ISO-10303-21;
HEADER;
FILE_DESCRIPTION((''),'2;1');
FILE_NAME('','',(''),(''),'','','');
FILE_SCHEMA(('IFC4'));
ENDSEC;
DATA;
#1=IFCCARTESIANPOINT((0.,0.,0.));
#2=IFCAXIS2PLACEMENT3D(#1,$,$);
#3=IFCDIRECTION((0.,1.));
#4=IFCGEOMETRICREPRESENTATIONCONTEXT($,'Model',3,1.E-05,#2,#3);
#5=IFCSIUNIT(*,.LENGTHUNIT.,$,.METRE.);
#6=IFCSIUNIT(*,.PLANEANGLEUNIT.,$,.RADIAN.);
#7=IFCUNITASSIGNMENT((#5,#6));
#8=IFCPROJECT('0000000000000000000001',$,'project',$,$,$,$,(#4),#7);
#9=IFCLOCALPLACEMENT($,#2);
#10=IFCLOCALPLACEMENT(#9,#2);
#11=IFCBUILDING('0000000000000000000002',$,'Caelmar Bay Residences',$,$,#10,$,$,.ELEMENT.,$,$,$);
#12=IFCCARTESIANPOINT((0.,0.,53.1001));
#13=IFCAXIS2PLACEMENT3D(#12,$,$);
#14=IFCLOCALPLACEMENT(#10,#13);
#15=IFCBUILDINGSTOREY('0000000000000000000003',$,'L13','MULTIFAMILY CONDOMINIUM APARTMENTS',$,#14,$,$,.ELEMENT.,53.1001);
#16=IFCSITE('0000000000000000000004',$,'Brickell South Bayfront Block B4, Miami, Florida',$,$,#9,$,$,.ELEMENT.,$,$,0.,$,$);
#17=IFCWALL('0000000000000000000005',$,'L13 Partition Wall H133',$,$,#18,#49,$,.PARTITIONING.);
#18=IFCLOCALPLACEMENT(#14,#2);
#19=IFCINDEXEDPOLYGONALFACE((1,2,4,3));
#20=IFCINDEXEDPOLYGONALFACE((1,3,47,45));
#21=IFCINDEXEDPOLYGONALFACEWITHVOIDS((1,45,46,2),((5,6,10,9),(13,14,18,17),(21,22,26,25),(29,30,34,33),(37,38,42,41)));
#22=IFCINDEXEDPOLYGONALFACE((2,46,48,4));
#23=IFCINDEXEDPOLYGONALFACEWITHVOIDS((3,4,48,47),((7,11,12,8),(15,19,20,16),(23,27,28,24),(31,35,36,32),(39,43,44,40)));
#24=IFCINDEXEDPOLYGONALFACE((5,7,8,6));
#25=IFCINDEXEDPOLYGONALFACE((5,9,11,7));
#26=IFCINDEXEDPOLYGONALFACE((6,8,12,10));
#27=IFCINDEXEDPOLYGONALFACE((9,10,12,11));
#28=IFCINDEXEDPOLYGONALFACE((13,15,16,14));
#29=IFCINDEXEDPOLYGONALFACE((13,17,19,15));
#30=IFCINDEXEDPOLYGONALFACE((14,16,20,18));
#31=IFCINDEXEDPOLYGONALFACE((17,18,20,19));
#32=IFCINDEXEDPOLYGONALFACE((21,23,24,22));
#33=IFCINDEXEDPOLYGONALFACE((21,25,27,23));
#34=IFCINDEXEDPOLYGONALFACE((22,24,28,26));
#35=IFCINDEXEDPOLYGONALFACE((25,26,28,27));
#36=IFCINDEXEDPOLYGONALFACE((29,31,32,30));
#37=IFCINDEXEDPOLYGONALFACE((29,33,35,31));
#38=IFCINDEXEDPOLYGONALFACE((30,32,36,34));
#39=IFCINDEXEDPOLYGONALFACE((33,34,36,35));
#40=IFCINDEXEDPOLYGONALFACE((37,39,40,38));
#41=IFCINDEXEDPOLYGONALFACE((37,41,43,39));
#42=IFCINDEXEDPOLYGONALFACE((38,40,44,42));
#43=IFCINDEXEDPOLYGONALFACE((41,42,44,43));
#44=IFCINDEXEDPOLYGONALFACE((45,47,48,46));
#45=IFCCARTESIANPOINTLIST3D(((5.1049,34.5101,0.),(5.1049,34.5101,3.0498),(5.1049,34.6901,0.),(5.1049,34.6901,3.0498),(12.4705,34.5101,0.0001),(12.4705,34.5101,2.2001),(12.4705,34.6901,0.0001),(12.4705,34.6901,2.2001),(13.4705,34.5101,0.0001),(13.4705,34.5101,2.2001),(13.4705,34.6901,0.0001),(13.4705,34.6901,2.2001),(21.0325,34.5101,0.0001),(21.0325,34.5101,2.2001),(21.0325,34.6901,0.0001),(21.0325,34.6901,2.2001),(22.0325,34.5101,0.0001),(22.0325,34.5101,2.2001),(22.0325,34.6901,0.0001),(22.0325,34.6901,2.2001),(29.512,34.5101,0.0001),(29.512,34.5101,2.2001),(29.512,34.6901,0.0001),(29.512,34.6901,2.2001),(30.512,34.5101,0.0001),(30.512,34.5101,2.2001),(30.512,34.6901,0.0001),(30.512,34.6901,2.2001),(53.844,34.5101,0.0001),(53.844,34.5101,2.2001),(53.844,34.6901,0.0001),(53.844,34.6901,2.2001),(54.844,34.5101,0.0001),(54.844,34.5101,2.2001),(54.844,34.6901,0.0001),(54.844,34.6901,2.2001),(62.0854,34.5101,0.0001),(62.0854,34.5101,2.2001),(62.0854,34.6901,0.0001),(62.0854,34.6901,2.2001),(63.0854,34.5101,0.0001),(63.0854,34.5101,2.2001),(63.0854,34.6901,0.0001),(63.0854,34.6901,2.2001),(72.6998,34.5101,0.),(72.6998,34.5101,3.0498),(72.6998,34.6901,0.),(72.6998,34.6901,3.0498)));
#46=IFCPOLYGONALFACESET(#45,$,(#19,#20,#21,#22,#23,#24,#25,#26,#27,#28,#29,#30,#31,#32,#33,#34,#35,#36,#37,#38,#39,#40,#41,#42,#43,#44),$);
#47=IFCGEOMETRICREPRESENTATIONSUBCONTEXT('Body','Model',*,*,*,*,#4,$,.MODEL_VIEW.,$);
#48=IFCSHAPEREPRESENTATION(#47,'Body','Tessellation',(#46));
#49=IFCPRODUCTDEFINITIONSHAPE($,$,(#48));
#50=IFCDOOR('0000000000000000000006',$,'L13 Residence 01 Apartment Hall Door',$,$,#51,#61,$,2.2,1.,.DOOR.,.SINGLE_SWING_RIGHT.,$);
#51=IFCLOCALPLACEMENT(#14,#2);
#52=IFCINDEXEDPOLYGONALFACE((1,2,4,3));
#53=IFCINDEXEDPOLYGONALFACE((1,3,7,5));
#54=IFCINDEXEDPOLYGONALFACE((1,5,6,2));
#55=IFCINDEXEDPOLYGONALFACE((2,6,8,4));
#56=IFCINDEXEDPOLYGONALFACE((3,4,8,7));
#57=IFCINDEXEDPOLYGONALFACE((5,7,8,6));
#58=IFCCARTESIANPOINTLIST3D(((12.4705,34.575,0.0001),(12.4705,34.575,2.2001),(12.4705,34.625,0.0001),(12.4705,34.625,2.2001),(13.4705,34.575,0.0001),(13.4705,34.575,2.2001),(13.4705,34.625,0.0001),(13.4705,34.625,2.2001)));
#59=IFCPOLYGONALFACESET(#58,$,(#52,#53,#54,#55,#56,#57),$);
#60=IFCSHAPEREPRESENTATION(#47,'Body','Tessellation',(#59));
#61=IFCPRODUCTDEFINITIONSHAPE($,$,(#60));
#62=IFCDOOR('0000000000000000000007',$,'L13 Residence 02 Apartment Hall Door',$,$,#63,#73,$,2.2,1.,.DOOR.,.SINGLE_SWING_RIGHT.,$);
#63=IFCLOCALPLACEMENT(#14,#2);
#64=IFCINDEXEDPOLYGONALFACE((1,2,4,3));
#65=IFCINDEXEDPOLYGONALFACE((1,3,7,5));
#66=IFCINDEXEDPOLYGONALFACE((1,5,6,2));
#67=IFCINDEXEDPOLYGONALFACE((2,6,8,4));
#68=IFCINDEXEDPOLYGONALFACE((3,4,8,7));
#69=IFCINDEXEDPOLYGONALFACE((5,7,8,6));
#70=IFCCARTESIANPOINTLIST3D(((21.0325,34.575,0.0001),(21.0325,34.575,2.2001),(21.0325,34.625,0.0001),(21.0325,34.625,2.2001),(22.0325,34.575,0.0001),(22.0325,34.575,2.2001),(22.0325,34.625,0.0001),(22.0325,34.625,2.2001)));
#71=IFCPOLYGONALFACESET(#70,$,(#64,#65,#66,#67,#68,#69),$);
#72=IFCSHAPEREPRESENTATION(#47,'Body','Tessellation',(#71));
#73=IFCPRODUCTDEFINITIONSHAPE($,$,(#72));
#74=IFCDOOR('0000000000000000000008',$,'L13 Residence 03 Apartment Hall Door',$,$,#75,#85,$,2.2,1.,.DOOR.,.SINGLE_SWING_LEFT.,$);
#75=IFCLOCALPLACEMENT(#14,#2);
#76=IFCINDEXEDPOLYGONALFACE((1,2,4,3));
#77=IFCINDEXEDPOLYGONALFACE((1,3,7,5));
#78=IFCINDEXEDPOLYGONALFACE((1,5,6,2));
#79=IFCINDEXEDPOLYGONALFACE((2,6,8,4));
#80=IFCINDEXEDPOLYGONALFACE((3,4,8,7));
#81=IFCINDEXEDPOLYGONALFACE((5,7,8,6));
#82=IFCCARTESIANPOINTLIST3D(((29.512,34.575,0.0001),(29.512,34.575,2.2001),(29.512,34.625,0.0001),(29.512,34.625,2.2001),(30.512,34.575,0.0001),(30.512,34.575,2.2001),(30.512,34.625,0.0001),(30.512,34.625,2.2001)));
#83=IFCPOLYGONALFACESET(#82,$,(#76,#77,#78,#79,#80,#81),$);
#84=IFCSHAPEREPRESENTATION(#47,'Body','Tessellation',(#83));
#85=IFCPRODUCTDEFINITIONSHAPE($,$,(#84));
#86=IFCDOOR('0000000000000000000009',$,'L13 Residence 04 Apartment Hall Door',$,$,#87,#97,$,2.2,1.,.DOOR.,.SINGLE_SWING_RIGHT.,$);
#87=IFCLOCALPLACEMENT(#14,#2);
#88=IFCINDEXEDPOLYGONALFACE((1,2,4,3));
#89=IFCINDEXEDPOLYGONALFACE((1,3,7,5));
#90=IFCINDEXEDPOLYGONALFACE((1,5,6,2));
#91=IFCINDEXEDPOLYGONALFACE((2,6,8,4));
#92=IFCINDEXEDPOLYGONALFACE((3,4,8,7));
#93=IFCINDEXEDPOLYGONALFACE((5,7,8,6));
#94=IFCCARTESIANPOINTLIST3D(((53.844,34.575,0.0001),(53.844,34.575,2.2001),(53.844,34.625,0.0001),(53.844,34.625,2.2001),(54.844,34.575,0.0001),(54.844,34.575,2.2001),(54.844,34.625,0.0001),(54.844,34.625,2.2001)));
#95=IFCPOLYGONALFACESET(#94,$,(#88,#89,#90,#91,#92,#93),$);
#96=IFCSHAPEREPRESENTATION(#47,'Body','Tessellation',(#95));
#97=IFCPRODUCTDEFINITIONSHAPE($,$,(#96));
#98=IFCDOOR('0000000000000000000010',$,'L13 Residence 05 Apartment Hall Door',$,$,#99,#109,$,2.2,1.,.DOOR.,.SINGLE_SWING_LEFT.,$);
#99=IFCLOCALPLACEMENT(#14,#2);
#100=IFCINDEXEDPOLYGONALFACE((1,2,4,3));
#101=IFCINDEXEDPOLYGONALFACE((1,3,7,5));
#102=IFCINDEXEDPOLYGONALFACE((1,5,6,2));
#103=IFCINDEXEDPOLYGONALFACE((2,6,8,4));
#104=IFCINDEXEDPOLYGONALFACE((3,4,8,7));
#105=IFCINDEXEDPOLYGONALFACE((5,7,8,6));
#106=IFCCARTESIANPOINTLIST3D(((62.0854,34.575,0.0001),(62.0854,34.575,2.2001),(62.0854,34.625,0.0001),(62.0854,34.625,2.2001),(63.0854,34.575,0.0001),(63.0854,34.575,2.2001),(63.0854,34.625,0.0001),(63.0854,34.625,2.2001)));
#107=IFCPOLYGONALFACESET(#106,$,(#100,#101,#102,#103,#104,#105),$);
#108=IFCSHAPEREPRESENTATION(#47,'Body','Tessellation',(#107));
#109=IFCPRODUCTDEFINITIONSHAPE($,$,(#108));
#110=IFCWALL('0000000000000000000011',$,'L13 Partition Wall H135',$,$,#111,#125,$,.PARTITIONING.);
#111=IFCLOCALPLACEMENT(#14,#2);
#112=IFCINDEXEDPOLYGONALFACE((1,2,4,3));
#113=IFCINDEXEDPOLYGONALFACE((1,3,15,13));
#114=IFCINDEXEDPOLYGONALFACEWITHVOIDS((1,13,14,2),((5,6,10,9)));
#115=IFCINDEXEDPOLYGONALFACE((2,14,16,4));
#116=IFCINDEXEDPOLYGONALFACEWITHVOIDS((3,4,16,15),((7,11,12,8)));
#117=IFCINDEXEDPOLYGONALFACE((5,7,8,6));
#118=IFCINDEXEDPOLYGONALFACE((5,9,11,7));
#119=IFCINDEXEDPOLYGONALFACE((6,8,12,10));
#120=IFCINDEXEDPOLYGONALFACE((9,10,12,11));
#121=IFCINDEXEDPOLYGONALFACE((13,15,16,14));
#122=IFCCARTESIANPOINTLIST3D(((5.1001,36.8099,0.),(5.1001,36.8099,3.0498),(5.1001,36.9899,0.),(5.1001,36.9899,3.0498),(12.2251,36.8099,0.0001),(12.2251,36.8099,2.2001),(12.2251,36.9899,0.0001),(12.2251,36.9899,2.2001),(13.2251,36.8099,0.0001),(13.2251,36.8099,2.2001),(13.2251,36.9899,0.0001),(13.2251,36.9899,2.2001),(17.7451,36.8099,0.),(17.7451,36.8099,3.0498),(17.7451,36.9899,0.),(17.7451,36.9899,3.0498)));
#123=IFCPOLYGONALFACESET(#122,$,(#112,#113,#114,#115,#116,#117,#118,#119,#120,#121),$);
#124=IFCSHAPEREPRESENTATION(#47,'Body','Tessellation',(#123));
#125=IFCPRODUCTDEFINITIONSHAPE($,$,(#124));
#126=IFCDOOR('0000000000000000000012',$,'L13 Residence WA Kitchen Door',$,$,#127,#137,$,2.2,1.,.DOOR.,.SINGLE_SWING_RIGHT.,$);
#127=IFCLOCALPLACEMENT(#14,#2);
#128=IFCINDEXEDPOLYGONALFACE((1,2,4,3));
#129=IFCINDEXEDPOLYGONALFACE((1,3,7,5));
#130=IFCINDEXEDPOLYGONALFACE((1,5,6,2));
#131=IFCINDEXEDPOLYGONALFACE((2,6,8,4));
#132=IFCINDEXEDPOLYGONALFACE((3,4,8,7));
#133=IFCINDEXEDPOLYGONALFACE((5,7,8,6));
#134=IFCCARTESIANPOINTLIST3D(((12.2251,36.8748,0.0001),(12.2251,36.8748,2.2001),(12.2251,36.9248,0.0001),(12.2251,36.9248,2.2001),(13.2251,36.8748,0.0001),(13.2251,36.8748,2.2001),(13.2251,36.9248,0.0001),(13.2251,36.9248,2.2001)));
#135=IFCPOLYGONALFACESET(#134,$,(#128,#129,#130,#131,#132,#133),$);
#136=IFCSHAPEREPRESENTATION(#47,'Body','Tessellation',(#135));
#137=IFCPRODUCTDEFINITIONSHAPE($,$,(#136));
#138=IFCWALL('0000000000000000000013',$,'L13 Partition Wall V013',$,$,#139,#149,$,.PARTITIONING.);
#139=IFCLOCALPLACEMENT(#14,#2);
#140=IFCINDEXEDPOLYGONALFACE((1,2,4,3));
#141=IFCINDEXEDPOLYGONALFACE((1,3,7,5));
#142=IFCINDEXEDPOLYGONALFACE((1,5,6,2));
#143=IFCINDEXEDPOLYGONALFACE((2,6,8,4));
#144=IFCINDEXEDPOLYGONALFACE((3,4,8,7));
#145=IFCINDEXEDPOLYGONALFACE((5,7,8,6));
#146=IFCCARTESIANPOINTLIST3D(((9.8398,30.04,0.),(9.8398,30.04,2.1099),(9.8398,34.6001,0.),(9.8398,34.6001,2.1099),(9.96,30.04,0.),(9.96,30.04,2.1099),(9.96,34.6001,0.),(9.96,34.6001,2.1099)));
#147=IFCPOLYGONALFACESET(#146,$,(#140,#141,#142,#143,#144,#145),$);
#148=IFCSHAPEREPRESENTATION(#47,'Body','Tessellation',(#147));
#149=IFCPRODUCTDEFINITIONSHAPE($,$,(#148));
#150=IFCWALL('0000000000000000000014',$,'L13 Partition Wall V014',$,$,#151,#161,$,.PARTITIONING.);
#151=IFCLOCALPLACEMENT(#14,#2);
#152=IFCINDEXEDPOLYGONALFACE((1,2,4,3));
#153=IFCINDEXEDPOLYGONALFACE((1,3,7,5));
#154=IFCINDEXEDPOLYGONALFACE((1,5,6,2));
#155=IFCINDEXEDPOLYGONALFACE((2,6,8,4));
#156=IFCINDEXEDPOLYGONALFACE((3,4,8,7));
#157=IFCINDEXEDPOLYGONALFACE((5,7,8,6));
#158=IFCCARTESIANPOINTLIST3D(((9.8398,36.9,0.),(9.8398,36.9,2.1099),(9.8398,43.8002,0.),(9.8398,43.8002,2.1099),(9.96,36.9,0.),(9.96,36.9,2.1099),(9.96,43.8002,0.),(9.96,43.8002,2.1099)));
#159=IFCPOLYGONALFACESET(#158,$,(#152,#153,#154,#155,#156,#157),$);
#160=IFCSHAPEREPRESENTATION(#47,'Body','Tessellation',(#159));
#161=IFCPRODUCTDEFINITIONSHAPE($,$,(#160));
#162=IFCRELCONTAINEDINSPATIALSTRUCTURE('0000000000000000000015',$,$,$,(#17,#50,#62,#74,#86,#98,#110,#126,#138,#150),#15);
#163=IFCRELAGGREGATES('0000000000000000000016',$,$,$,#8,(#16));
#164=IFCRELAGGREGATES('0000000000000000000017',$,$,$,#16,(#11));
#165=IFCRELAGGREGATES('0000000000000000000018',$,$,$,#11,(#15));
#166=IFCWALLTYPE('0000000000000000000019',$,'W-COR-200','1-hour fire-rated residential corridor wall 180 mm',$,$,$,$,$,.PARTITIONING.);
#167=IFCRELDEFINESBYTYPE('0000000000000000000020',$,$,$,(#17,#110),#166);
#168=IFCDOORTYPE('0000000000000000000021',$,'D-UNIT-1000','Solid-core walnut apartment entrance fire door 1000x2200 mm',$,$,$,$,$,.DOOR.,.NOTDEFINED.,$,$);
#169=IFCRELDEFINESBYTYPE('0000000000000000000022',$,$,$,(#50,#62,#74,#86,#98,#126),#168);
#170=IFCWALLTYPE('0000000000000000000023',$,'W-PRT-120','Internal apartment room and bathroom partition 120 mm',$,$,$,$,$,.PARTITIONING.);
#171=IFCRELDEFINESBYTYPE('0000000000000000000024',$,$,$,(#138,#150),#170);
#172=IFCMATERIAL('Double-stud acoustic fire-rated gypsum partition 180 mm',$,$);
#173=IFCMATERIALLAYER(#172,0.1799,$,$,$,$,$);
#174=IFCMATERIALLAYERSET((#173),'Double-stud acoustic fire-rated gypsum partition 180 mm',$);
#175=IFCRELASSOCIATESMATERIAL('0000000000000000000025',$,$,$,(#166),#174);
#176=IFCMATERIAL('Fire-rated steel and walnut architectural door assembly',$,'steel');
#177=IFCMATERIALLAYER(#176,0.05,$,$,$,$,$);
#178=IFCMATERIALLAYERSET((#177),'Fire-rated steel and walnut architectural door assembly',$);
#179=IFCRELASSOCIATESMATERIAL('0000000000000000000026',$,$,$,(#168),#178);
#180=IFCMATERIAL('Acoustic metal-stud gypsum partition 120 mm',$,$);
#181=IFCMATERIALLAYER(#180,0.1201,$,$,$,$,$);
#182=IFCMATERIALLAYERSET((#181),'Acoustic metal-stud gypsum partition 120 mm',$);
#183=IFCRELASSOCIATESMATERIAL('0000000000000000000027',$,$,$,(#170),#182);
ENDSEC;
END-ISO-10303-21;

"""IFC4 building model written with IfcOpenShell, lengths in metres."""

from ifc_helpers import new_model, si_unit, direction, frame, frame_2d, origin, place, context, subcontext, project, spatial, rectangle, extrude, material, layer, layer_set, type_object, element, fill, save


model = new_model("IFC4")

# Units and contexts
model_context = context("Model", 3, precision=1e-05, world=origin(), true_north=direction((0.0, 1.0)))
body_context = subcontext(model_context, "Body", "Model", "MODEL_VIEW")
ifc_project = project(units=[si_unit("LENGTHUNIT", "METRE"), si_unit("PLANEANGLEUNIT", "RADIAN")], contexts=[model_context])

# Site, building, storey
site_placement = place(None, origin())
site = spatial("IfcSite", under=ifc_project, at=site_placement, Name="Brickell South Bayfront Block B4, Miami, Florida", CompositionType="ELEMENT", RefElevation=0.0)
building_placement = place(site_placement, origin())
building = spatial("IfcBuilding", under=site, at=building_placement, Name="Caelmar Bay Residences", CompositionType="ELEMENT")
storey_placement = place(building_placement, frame((0.0, 0.0, 53.1001)))
storey = spatial("IfcBuildingStorey", under=building, at=storey_placement, Name="L13", Description="MULTIFAMILY CONDOMINIUM APARTMENTS", CompositionType="ELEMENT", Elevation=53.1001)

# Wall, openings, doors
ifc_material_1 = material(Name="Fire-rated steel and walnut architectural door assembly", Category="steel")
ifc_material_2 = material(Name="Double-stud acoustic fire-rated gypsum partition 180 mm")
ifc_layer_1 = layer(ifc_material_2, 0.1799)
ifc_layer_set_1 = layer_set([ifc_layer_1], Name="Double-stud acoustic fire-rated gypsum partition 180 mm")
wall_type_1 = type_object("IfcWallType", Name="W-COR-200", Description="1-hour fire-rated residential corridor wall 180 mm", PredefinedType="PARTITIONING", material=ifc_layer_set_1)
wall_1_placement = place(storey_placement, frame((5.105, 34.6001, 0.0), z_axis=(0.0, 0.0, 1.0), x_axis=(1.0, 0.0, 0.0)))
wall_1 = element("IfcWall", 1, at=wall_1_placement, inside=storey, type_object=wall_type_1, Name="L13 Partition Wall H133", PredefinedType="PARTITIONING", context=body_context, shape_type="SweptSolid", body=[
    extrude(rectangle(XDim=67.595, YDim=0.1799, at=frame_2d((33.7974, 0.0))), origin(), (0.0, 0.0, 1.0), 3.0498),
])
opening_1_placement = place(wall_1_placement, frame((7.3655, 0.0, 0.0)))
opening_1 = element("IfcOpeningElement", 2, at=opening_1_placement, cuts=wall_1, PredefinedType="OPENING", context=body_context, shape_type="SweptSolid", body=[
    extrude(rectangle(XDim=1.0, YDim=2.2, at=frame_2d((0.5, 1.1001))), frame((0.0, 0.0999, 0.0), z_axis=(0.0, -1.0, 0.0), x_axis=(1.0, 0.0, 0.0)), (0.0, 0.0, 1.0), 0.2),
])
opening_2_placement = place(wall_1_placement, frame((15.9275, 0.0, 0.0)))
opening_2 = element("IfcOpeningElement", 3, at=opening_2_placement, cuts=wall_1, PredefinedType="OPENING", context=body_context, shape_type="SweptSolid", body=[
    extrude(rectangle(XDim=1.0, YDim=2.2, at=frame_2d((0.5, 1.1001))), frame((0.0, 0.0999, 0.0), z_axis=(0.0, -1.0, 0.0), x_axis=(1.0, 0.0, 0.0)), (0.0, 0.0, 1.0), 0.2),
])
opening_3_placement = place(wall_1_placement, frame((24.407, 0.0, 0.0)))
opening_3 = element("IfcOpeningElement", 4, at=opening_3_placement, cuts=wall_1, PredefinedType="OPENING", context=body_context, shape_type="SweptSolid", body=[
    extrude(rectangle(XDim=1.0, YDim=2.2, at=frame_2d((0.5, 1.1001))), frame((0.0, 0.0999, 0.0), z_axis=(0.0, -1.0, 0.0), x_axis=(1.0, 0.0, 0.0)), (0.0, 0.0, 1.0), 0.2),
])
opening_4_placement = place(wall_1_placement, frame((48.739, 0.0, 0.0)))
opening_4 = element("IfcOpeningElement", 5, at=opening_4_placement, cuts=wall_1, PredefinedType="OPENING", context=body_context, shape_type="SweptSolid", body=[
    extrude(rectangle(XDim=1.0, YDim=2.2, at=frame_2d((0.5, 1.1001))), frame((0.0, 0.0999, 0.0), z_axis=(0.0, -1.0, 0.0), x_axis=(1.0, 0.0, 0.0)), (0.0, 0.0, 1.0), 0.2),
])
opening_5_placement = place(wall_1_placement, frame((56.9805, 0.0, 0.0)))
opening_5 = element("IfcOpeningElement", 6, at=opening_5_placement, cuts=wall_1, PredefinedType="OPENING", context=body_context, shape_type="SweptSolid", body=[
    extrude(rectangle(XDim=1.0, YDim=2.2, at=frame_2d((0.5, 1.1001))), frame((0.0, 0.0999, 0.0), z_axis=(0.0, -1.0, 0.0), x_axis=(1.0, 0.0, 0.0)), (0.0, 0.0, 1.0), 0.2),
])
ifc_layer_2 = layer(ifc_material_1, 0.05)
ifc_layer_set_2 = layer_set([ifc_layer_2], Name="Fire-rated steel and walnut architectural door assembly")
door_type_1 = type_object("IfcDoorType", Name="D-UNIT-1000", Description="Solid-core walnut apartment entrance fire door 1000x2200 mm", OperationType="NOTDEFINED", PredefinedType="DOOR", material=ifc_layer_set_2)
door_1_placement = place(opening_1_placement, origin())
door_1 = element("IfcDoor", 7, at=door_1_placement, inside=storey, type_object=door_type_1, Name="L13 Residence 01 Apartment Hall Door", OperationType="SINGLE_SWING_RIGHT", OverallHeight=2.2, OverallWidth=1.0, PredefinedType="DOOR", context=body_context, shape_type="SweptSolid", body=[
    extrude(rectangle(XDim=1.0, YDim=2.2, at=frame_2d((0.5, 1.1001))), frame((0.0, 0.0249, 0.0), z_axis=(0.0, -1.0, 0.0), x_axis=(1.0, 0.0, 0.0)), (0.0, 0.0, 1.0), 0.05),
])
fill(opening_1, door_1)
door_2_placement = place(opening_2_placement, origin())
door_2 = element("IfcDoor", 8, at=door_2_placement, inside=storey, type_object=door_type_1, Name="L13 Residence 02 Apartment Hall Door", OperationType="SINGLE_SWING_RIGHT", OverallHeight=2.2, OverallWidth=1.0, PredefinedType="DOOR", context=body_context, shape_type="SweptSolid", body=[
    extrude(rectangle(XDim=1.0, YDim=2.2, at=frame_2d((0.5, 1.1001))), frame((0.0, 0.0249, 0.0), z_axis=(0.0, -1.0, 0.0), x_axis=(1.0, 0.0, 0.0)), (0.0, 0.0, 1.0), 0.05),
])
fill(opening_2, door_2)
door_3_placement = place(opening_3_placement, origin())
door_3 = element("IfcDoor", 9, at=door_3_placement, inside=storey, type_object=door_type_1, Name="L13 Residence 03 Apartment Hall Door", OperationType="SINGLE_SWING_LEFT", OverallHeight=2.2, OverallWidth=1.0, PredefinedType="DOOR", context=body_context, shape_type="SweptSolid", body=[
    extrude(rectangle(XDim=1.0, YDim=2.2, at=frame_2d((0.5, 1.1001))), frame((0.0, 0.0249, 0.0), z_axis=(0.0, -1.0, 0.0), x_axis=(1.0, 0.0, 0.0)), (0.0, 0.0, 1.0), 0.05),
])
fill(opening_3, door_3)
door_4_placement = place(opening_4_placement, origin())
door_4 = element("IfcDoor", 10, at=door_4_placement, inside=storey, type_object=door_type_1, Name="L13 Residence 04 Apartment Hall Door", OperationType="SINGLE_SWING_RIGHT", OverallHeight=2.2, OverallWidth=1.0, PredefinedType="DOOR", context=body_context, shape_type="SweptSolid", body=[
    extrude(rectangle(XDim=1.0, YDim=2.2, at=frame_2d((0.5, 1.1001))), frame((0.0, 0.0249, 0.0), z_axis=(0.0, -1.0, 0.0), x_axis=(1.0, 0.0, 0.0)), (0.0, 0.0, 1.0), 0.05),
])
fill(opening_4, door_4)
door_5_placement = place(opening_5_placement, origin())
door_5 = element("IfcDoor", 11, at=door_5_placement, inside=storey, type_object=door_type_1, Name="L13 Residence 05 Apartment Hall Door", OperationType="SINGLE_SWING_LEFT", OverallHeight=2.2, OverallWidth=1.0, PredefinedType="DOOR", context=body_context, shape_type="SweptSolid", body=[
    extrude(rectangle(XDim=1.0, YDim=2.2, at=frame_2d((0.5, 1.1001))), frame((0.0, 0.0249, 0.0), z_axis=(0.0, -1.0, 0.0), x_axis=(1.0, 0.0, 0.0)), (0.0, 0.0, 1.0), 0.05),
])
fill(opening_5, door_5)

# Wall, opening, door
wall_2_placement = place(storey_placement, frame((5.1001, 36.8999, 0.0), z_axis=(0.0, 0.0, 1.0), x_axis=(1.0, 0.0, 0.0)))
wall_2 = element("IfcWall", 12, at=wall_2_placement, inside=storey, type_object=wall_type_1, Name="L13 Partition Wall H135", PredefinedType="PARTITIONING", context=body_context, shape_type="SweptSolid", body=[
    extrude(rectangle(XDim=12.645, YDim=0.1799, at=frame_2d((6.3225, 0.0))), origin(), (0.0, 0.0, 1.0), 3.0498),
])
opening_6_placement = place(wall_2_placement, frame((7.125, 0.0, 0.0)))
opening_6 = element("IfcOpeningElement", 13, at=opening_6_placement, cuts=wall_2, PredefinedType="OPENING", context=body_context, shape_type="SweptSolid", body=[
    extrude(rectangle(XDim=1.0, YDim=2.2, at=frame_2d((0.5, 1.1001))), frame((0.0, 0.0999, 0.0), z_axis=(0.0, -1.0, 0.0), x_axis=(1.0, 0.0, 0.0)), (0.0, 0.0, 1.0), 0.2),
])
door_6_placement = place(opening_6_placement, origin())
door_6 = element("IfcDoor", 14, at=door_6_placement, inside=storey, type_object=door_type_1, Name="L13 Residence WA Kitchen Door", OperationType="SINGLE_SWING_RIGHT", OverallHeight=2.2, OverallWidth=1.0, PredefinedType="DOOR", context=body_context, shape_type="SweptSolid", body=[
    extrude(rectangle(XDim=1.0, YDim=2.2, at=frame_2d((0.5, 1.1001))), frame((0.0, 0.0249, 0.0), z_axis=(0.0, -1.0, 0.0), x_axis=(1.0, 0.0, 0.0)), (0.0, 0.0, 1.0), 0.05),
])
fill(opening_6, door_6)

# Walls
ifc_material_3 = material(Name="Acoustic metal-stud gypsum partition 120 mm")
ifc_layer_3 = layer(ifc_material_3, 0.1201)
ifc_layer_set_3 = layer_set([ifc_layer_3], Name="Acoustic metal-stud gypsum partition 120 mm")
wall_type_2 = type_object("IfcWallType", Name="W-PRT-120", Description="Internal apartment room and bathroom partition 120 mm", PredefinedType="PARTITIONING", material=ifc_layer_set_3)
wall_3_placement = place(storey_placement, frame((9.8999, 30.04, 0.0), z_axis=(0.0, 0.0, 1.0), x_axis=(0.0, 1.0, 0.0)))
element("IfcWall", 15, at=wall_3_placement, inside=storey, type_object=wall_type_2, Name="L13 Partition Wall V013", PredefinedType="PARTITIONING", context=body_context, shape_type="SweptSolid", body=[
    extrude(rectangle(XDim=4.5601, YDim=0.1201, at=frame_2d((2.28, 0.0))), origin(), (0.0, 0.0, 1.0), 2.1099),
])
wall_4_placement = place(storey_placement, frame((9.8999, 36.8999, 0.0), z_axis=(0.0, 0.0, 1.0), x_axis=(0.0, 1.0, 0.0)))
element("IfcWall", 16, at=wall_4_placement, inside=storey, type_object=wall_type_2, Name="L13 Partition Wall V014", PredefinedType="PARTITIONING", context=body_context, shape_type="SweptSolid", body=[
    extrude(rectangle(XDim=6.9001, YDim=0.1201, at=frame_2d((3.4502, 0.0))), origin(), (0.0, 0.0, 1.0), 2.1099),
])

save(model, "model.ifc")
